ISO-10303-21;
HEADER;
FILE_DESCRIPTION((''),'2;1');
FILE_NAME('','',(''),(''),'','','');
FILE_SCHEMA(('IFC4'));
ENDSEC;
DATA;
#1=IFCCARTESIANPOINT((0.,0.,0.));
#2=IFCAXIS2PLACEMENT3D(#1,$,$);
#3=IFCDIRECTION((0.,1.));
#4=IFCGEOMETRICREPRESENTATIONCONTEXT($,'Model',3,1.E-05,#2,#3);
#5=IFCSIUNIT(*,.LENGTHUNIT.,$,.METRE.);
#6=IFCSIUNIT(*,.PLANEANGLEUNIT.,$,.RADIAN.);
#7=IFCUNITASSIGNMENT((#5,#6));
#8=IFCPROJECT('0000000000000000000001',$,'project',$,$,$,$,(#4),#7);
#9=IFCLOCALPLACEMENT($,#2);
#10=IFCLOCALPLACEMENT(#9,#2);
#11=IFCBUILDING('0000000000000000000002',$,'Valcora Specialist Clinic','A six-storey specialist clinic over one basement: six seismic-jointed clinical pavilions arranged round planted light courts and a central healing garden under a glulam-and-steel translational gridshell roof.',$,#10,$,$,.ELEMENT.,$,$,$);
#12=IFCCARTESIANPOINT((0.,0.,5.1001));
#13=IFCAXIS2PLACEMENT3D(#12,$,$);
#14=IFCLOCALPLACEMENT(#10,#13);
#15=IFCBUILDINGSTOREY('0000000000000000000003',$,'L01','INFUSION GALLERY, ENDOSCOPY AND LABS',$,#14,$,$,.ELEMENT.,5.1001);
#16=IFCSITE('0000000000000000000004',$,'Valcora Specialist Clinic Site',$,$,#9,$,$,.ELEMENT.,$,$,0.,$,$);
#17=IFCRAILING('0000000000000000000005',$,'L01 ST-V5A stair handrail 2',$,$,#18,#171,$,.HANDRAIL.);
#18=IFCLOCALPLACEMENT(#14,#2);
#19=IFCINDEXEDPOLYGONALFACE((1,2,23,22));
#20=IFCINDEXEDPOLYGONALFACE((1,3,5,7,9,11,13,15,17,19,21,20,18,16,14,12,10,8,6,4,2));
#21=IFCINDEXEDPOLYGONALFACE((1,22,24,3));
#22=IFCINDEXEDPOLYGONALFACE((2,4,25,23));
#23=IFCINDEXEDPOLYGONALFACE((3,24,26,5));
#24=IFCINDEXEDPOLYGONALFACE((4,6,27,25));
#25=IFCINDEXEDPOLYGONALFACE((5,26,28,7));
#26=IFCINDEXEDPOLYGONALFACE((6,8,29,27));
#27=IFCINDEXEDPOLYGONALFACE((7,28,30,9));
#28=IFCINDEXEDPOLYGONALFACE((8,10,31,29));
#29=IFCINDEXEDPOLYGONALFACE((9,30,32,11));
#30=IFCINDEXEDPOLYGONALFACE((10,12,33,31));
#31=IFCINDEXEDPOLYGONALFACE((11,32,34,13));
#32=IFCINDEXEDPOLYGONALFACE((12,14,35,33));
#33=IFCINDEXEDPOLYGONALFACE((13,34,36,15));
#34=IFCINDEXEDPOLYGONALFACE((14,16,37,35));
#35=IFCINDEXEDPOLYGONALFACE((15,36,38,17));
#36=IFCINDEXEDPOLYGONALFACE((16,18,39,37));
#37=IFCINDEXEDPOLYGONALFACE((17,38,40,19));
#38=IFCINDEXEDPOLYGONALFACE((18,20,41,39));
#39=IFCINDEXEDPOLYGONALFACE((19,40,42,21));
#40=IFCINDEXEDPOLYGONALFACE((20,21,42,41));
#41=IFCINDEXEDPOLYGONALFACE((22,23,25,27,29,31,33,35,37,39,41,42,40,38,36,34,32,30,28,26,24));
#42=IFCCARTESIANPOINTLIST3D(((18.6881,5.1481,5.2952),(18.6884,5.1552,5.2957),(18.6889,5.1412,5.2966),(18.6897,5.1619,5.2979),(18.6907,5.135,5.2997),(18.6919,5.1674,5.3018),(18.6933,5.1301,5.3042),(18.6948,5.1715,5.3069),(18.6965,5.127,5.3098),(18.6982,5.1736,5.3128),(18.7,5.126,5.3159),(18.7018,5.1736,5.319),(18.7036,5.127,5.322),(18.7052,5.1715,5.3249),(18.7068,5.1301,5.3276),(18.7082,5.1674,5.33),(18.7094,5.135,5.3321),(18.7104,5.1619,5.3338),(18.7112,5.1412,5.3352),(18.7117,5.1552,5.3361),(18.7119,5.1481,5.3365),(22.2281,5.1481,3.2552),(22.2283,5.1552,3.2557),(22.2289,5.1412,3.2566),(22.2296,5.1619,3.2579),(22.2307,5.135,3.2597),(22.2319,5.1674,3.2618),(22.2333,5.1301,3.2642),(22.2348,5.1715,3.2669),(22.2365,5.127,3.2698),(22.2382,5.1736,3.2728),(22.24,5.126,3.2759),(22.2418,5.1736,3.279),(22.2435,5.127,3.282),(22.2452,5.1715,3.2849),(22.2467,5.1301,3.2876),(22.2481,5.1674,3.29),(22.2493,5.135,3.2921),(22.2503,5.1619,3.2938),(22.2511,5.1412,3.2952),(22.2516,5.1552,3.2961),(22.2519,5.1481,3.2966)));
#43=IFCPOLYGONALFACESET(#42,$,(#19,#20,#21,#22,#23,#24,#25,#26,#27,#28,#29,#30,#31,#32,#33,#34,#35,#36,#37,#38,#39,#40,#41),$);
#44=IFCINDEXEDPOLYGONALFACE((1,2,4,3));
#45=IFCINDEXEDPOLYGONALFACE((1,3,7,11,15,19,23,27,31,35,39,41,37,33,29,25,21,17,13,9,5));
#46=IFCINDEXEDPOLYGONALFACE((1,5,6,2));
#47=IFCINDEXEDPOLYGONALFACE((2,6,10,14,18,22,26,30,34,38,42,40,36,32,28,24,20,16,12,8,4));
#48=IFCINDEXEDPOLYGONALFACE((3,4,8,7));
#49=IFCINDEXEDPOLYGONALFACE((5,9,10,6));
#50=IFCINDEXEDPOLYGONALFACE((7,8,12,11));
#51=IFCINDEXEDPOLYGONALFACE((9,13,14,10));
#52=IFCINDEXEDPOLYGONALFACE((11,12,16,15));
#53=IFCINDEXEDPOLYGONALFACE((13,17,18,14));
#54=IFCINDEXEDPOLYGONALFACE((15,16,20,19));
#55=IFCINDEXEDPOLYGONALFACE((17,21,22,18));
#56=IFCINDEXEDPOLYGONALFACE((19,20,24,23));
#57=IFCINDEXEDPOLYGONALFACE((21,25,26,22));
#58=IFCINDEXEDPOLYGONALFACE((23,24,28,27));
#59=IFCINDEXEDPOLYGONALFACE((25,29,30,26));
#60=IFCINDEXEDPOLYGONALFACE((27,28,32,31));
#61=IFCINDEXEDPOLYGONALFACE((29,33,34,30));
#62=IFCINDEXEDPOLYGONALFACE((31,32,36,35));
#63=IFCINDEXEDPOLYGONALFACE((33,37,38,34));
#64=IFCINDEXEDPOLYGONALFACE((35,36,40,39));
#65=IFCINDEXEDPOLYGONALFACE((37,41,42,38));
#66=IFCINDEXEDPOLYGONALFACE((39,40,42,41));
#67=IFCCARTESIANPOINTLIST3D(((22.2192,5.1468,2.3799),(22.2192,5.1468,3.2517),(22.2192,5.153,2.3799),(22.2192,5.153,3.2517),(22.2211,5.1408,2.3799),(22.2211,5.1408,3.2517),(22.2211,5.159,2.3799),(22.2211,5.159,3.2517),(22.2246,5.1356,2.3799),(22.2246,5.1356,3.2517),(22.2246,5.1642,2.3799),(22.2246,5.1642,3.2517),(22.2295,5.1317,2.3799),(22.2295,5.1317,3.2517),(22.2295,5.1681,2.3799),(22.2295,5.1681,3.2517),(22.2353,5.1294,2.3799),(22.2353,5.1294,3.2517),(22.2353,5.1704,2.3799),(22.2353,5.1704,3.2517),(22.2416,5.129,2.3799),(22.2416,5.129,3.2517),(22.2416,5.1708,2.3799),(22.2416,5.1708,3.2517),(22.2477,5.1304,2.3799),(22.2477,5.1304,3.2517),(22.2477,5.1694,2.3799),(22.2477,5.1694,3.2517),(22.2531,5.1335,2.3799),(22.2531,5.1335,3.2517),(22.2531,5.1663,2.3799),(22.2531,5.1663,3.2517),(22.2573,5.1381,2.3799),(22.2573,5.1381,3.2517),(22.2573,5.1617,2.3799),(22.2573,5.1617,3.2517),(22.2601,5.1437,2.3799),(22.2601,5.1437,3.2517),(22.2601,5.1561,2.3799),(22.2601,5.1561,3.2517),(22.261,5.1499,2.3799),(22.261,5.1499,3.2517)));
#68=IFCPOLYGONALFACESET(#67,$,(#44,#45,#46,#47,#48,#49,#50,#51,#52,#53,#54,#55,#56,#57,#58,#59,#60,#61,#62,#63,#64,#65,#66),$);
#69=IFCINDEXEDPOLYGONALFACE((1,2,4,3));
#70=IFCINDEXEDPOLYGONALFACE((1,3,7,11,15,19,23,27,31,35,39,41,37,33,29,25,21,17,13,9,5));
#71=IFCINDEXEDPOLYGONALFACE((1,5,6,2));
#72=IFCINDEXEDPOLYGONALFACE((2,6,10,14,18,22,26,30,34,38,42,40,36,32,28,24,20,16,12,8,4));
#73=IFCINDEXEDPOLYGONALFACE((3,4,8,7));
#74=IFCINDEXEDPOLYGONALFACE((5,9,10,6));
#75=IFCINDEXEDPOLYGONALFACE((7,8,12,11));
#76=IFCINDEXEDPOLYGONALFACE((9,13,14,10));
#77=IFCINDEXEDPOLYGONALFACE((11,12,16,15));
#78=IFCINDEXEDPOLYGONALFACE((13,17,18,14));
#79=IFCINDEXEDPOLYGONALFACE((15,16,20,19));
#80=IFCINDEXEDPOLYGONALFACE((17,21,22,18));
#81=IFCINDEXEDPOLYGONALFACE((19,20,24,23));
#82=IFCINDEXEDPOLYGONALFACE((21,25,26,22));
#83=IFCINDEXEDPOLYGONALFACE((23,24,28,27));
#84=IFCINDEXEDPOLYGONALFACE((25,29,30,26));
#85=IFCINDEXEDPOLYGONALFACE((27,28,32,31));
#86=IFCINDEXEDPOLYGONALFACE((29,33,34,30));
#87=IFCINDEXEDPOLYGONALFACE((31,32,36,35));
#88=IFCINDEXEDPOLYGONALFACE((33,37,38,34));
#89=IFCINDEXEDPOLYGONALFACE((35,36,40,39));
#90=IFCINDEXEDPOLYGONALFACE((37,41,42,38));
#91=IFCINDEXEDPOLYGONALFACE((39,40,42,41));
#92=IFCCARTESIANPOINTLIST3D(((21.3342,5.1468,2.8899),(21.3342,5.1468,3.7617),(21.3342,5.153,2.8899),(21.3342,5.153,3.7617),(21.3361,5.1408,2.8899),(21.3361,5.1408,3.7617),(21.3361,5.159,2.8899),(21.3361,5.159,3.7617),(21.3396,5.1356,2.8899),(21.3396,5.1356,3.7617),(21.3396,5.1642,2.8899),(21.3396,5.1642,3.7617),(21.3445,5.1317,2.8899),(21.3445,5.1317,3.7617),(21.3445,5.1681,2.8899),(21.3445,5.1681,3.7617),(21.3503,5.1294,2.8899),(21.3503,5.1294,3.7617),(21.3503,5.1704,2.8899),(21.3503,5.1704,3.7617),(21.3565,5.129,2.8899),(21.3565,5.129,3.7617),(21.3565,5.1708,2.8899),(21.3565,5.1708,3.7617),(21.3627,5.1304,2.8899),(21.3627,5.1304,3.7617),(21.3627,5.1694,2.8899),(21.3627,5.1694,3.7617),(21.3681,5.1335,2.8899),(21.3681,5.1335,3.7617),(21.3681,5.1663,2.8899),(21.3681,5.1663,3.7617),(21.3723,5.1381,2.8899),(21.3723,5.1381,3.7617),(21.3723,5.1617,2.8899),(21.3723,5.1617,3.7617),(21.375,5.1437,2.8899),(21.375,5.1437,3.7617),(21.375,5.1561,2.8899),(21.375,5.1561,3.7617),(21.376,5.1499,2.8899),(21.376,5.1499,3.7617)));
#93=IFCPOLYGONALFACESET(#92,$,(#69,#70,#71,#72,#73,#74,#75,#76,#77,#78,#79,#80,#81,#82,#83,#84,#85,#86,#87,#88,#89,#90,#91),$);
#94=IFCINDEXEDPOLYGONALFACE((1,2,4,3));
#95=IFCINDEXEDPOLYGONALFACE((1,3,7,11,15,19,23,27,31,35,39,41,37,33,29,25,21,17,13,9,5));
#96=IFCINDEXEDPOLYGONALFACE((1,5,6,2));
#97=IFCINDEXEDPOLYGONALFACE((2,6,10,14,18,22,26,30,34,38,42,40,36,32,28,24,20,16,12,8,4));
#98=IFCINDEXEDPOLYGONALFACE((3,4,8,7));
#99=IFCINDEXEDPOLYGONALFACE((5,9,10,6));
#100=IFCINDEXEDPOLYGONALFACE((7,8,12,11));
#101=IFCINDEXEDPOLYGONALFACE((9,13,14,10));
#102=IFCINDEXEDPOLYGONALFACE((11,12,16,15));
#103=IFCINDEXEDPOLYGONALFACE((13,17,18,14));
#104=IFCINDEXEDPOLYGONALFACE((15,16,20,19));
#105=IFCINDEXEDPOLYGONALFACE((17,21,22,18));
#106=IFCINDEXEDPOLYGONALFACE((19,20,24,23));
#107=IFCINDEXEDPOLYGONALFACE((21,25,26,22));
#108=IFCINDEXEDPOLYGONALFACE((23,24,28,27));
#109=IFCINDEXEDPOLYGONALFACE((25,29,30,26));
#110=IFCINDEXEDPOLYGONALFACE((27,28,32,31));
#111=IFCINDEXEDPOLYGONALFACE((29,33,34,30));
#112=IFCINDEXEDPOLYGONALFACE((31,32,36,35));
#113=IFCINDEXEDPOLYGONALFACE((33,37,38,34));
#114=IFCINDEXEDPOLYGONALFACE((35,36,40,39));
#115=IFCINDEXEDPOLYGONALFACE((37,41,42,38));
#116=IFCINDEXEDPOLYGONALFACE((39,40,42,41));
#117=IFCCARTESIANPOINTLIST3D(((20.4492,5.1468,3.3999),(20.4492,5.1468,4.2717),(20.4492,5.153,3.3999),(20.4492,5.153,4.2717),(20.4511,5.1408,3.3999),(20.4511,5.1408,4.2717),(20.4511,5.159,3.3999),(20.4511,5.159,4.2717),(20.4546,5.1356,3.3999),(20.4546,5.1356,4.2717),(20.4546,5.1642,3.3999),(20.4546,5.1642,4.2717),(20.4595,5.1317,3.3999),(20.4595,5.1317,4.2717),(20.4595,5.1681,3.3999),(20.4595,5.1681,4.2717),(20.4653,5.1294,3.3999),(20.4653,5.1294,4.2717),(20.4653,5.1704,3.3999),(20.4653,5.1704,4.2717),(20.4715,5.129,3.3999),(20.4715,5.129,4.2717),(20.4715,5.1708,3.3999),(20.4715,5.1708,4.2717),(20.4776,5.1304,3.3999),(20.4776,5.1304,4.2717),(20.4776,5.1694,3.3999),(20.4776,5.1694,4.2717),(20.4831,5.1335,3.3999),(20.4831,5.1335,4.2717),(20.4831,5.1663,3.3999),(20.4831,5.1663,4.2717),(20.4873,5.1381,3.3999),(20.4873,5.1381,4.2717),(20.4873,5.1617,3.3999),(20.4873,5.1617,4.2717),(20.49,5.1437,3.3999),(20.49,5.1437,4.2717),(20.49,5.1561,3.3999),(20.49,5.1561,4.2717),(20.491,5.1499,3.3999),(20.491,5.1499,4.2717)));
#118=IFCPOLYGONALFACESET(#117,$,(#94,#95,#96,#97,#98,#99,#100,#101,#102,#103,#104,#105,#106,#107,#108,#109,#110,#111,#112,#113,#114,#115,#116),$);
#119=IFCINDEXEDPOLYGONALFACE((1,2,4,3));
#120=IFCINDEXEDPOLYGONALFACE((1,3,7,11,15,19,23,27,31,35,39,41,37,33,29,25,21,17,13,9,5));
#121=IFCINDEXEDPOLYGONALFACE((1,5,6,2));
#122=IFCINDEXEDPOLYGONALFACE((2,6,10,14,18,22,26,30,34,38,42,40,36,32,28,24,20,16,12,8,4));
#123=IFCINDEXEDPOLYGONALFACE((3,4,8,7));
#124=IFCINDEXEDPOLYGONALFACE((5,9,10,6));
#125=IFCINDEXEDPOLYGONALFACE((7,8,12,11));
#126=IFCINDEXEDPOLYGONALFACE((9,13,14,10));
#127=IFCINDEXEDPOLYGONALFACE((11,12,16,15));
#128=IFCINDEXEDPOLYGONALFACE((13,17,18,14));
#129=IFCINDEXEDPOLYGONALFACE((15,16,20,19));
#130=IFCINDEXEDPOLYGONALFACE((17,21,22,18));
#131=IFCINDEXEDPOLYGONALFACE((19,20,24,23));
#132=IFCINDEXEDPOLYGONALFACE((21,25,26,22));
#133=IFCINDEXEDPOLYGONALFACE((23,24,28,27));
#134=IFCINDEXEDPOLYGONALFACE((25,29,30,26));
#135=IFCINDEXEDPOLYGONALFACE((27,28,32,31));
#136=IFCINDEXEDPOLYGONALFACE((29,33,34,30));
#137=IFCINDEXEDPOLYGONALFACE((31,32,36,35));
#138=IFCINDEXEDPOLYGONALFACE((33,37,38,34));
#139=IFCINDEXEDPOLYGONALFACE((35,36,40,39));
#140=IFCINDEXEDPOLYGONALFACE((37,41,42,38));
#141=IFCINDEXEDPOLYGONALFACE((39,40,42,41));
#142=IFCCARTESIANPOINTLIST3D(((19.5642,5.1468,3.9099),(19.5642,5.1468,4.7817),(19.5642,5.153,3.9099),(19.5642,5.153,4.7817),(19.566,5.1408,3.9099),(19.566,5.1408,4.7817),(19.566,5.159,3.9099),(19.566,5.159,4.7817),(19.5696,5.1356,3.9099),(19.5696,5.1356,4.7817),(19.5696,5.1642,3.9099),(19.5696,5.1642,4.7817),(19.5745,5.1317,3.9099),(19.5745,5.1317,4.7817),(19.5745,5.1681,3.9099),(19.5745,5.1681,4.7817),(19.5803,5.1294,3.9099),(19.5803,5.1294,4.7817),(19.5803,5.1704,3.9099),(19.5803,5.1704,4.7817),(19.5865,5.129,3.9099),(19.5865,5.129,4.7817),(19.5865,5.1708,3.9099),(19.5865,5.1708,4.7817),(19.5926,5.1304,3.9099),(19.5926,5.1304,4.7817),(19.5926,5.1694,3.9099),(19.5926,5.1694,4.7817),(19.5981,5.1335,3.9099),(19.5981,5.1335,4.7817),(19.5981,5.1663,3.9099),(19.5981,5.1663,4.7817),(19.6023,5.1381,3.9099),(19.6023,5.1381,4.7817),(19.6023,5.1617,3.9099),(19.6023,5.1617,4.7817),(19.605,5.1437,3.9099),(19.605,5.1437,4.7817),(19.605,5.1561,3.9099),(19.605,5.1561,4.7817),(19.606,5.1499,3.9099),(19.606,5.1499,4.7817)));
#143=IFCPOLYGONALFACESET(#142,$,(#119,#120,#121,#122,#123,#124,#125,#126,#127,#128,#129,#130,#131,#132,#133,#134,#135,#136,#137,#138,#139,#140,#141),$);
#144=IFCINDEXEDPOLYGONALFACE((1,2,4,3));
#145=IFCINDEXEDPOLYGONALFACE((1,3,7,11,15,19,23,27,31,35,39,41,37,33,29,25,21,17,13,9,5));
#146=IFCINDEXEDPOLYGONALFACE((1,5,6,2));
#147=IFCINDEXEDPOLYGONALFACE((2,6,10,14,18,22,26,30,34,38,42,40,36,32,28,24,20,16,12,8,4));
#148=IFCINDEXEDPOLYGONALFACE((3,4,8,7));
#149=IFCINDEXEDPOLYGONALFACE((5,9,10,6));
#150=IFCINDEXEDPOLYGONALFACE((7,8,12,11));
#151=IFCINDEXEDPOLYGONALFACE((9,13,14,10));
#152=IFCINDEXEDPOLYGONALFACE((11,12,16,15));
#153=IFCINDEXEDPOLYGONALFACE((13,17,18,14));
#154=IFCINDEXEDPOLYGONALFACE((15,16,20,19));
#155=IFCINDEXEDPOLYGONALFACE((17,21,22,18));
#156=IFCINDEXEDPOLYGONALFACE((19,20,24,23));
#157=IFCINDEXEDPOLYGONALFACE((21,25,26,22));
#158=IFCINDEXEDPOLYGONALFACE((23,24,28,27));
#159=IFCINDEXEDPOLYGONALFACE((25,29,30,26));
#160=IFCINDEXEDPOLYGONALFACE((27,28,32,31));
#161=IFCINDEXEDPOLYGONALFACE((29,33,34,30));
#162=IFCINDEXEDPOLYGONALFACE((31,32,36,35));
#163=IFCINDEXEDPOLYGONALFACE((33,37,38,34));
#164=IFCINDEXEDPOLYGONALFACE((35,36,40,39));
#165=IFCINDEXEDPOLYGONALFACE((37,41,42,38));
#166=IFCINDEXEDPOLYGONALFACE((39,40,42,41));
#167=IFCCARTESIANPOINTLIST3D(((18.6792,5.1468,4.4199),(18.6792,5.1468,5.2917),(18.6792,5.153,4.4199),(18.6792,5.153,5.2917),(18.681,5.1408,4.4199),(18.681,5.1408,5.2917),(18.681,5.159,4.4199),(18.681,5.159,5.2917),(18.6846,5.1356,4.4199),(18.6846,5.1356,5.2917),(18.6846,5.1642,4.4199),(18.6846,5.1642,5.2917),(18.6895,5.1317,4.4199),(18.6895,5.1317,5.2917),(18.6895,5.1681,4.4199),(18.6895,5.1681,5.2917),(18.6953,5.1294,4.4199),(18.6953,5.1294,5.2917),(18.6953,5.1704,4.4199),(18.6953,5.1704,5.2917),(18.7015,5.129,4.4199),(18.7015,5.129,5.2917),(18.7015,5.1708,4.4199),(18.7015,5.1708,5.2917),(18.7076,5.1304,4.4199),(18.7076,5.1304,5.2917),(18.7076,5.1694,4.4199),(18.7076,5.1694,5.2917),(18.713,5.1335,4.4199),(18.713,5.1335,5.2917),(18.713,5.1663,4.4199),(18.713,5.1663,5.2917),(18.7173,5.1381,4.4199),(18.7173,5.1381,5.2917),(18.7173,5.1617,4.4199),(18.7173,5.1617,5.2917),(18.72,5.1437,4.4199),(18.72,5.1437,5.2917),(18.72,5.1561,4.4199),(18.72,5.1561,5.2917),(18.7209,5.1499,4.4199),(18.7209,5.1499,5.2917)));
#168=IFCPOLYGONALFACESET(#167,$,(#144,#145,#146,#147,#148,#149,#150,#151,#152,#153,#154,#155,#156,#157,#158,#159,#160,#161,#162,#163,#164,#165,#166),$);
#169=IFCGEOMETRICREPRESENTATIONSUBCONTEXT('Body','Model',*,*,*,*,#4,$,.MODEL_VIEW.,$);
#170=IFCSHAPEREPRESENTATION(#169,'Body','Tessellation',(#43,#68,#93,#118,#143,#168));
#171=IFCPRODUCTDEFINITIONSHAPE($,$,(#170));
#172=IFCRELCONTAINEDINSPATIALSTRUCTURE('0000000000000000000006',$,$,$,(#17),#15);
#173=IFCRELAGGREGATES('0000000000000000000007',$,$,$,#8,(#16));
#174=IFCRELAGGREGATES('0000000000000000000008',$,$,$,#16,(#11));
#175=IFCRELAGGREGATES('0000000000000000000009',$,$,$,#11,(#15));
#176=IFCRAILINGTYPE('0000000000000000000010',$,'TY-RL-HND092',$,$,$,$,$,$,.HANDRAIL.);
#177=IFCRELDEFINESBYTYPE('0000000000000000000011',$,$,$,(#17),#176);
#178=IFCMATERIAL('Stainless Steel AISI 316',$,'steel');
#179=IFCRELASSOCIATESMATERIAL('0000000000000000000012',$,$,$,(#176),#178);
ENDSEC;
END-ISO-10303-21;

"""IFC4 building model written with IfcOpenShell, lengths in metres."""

from ifc_helpers import new_model, si_unit, direction, frame, origin, origin_2d, place, context, subcontext, project, spatial, circle, extrude, material, type_object, element, save


model = new_model("IFC4")

# Units and contexts
model_context = context("Model", 3, precision=1e-05, world=origin(), true_north=direction((0.0, 1.0)))
body_context = subcontext(model_context, "Body", "Model", "MODEL_VIEW")
ifc_project = project(units=[si_unit("LENGTHUNIT", "METRE"), si_unit("PLANEANGLEUNIT", "RADIAN")], contexts=[model_context])

# Site, building, storey
site_placement = place(None, origin())
site = spatial("IfcSite", under=ifc_project, at=site_placement, Name="Valcora Specialist Clinic Site", CompositionType="ELEMENT", RefElevation=0.0)
building_placement = place(site_placement, origin())
building = spatial("IfcBuilding", under=site, at=building_placement, Name="Valcora Specialist Clinic", Description="A six-storey specialist clinic over one basement: six seismic-jointed clinical pavilions arranged round planted light courts and a central healing garden under a glulam-and-steel translational gridshell roof.", CompositionType="ELEMENT")
storey_placement = place(building_placement, frame((0.0, 0.0, 5.1001)))
storey = spatial("IfcBuildingStorey", under=building, at=storey_placement, Name="L01", Description="INFUSION GALLERY, ENDOSCOPY AND LABS", CompositionType="ELEMENT", Elevation=5.1001)

# Shared definitions
ifc_material_1 = material(Name="Stainless Steel AISI 316", Category="steel")

# Railing
railing_type_1 = type_object("IfcRailingType", Name="TY-RL-HND092", PredefinedType="HANDRAIL", material=ifc_material_1)
railing_1_placement = place(storey_placement, frame((22.24, 5.1499, 2.3799)))
element("IfcRailing", 1, at=railing_1_placement, inside=storey, type_object=railing_type_1, Name="L01 ST-V5A stair handrail 2", PredefinedType="HANDRAIL", context=body_context, shape_type="SweptSolid", body=[
    extrude(circle(Radius=0.0239, at=origin_2d()), frame((0.0, 0.0, 0.896), z_axis=(-0.866428, 0.0, 0.499302), x_axis=(0.0, -1.0, 0.0)), (0.0, 0.0, 1.0), 4.0857),
    extrude(circle(Radius=0.021, at=origin_2d()), origin(), (0.0, 0.0, 1.0), 0.8718),
    extrude(circle(Radius=0.021, at=origin_2d()), frame((-0.885, 0.0, 0.51)), (0.0, 0.0, 1.0), 0.8718),
    extrude(circle(Radius=0.021, at=origin_2d()), frame((-1.77, 0.0, 1.02)), (0.0, 0.0, 1.0), 0.8718),
    extrude(circle(Radius=0.021, at=origin_2d()), frame((-2.655, 0.0, 1.53)), (0.0, 0.0, 1.0), 0.8718),
    extrude(circle(Radius=0.021, at=origin_2d()), frame((-3.54, 0.0, 2.04)), (0.0, 0.0, 1.0), 0.8718),
])

save(model, "model.ifc")
